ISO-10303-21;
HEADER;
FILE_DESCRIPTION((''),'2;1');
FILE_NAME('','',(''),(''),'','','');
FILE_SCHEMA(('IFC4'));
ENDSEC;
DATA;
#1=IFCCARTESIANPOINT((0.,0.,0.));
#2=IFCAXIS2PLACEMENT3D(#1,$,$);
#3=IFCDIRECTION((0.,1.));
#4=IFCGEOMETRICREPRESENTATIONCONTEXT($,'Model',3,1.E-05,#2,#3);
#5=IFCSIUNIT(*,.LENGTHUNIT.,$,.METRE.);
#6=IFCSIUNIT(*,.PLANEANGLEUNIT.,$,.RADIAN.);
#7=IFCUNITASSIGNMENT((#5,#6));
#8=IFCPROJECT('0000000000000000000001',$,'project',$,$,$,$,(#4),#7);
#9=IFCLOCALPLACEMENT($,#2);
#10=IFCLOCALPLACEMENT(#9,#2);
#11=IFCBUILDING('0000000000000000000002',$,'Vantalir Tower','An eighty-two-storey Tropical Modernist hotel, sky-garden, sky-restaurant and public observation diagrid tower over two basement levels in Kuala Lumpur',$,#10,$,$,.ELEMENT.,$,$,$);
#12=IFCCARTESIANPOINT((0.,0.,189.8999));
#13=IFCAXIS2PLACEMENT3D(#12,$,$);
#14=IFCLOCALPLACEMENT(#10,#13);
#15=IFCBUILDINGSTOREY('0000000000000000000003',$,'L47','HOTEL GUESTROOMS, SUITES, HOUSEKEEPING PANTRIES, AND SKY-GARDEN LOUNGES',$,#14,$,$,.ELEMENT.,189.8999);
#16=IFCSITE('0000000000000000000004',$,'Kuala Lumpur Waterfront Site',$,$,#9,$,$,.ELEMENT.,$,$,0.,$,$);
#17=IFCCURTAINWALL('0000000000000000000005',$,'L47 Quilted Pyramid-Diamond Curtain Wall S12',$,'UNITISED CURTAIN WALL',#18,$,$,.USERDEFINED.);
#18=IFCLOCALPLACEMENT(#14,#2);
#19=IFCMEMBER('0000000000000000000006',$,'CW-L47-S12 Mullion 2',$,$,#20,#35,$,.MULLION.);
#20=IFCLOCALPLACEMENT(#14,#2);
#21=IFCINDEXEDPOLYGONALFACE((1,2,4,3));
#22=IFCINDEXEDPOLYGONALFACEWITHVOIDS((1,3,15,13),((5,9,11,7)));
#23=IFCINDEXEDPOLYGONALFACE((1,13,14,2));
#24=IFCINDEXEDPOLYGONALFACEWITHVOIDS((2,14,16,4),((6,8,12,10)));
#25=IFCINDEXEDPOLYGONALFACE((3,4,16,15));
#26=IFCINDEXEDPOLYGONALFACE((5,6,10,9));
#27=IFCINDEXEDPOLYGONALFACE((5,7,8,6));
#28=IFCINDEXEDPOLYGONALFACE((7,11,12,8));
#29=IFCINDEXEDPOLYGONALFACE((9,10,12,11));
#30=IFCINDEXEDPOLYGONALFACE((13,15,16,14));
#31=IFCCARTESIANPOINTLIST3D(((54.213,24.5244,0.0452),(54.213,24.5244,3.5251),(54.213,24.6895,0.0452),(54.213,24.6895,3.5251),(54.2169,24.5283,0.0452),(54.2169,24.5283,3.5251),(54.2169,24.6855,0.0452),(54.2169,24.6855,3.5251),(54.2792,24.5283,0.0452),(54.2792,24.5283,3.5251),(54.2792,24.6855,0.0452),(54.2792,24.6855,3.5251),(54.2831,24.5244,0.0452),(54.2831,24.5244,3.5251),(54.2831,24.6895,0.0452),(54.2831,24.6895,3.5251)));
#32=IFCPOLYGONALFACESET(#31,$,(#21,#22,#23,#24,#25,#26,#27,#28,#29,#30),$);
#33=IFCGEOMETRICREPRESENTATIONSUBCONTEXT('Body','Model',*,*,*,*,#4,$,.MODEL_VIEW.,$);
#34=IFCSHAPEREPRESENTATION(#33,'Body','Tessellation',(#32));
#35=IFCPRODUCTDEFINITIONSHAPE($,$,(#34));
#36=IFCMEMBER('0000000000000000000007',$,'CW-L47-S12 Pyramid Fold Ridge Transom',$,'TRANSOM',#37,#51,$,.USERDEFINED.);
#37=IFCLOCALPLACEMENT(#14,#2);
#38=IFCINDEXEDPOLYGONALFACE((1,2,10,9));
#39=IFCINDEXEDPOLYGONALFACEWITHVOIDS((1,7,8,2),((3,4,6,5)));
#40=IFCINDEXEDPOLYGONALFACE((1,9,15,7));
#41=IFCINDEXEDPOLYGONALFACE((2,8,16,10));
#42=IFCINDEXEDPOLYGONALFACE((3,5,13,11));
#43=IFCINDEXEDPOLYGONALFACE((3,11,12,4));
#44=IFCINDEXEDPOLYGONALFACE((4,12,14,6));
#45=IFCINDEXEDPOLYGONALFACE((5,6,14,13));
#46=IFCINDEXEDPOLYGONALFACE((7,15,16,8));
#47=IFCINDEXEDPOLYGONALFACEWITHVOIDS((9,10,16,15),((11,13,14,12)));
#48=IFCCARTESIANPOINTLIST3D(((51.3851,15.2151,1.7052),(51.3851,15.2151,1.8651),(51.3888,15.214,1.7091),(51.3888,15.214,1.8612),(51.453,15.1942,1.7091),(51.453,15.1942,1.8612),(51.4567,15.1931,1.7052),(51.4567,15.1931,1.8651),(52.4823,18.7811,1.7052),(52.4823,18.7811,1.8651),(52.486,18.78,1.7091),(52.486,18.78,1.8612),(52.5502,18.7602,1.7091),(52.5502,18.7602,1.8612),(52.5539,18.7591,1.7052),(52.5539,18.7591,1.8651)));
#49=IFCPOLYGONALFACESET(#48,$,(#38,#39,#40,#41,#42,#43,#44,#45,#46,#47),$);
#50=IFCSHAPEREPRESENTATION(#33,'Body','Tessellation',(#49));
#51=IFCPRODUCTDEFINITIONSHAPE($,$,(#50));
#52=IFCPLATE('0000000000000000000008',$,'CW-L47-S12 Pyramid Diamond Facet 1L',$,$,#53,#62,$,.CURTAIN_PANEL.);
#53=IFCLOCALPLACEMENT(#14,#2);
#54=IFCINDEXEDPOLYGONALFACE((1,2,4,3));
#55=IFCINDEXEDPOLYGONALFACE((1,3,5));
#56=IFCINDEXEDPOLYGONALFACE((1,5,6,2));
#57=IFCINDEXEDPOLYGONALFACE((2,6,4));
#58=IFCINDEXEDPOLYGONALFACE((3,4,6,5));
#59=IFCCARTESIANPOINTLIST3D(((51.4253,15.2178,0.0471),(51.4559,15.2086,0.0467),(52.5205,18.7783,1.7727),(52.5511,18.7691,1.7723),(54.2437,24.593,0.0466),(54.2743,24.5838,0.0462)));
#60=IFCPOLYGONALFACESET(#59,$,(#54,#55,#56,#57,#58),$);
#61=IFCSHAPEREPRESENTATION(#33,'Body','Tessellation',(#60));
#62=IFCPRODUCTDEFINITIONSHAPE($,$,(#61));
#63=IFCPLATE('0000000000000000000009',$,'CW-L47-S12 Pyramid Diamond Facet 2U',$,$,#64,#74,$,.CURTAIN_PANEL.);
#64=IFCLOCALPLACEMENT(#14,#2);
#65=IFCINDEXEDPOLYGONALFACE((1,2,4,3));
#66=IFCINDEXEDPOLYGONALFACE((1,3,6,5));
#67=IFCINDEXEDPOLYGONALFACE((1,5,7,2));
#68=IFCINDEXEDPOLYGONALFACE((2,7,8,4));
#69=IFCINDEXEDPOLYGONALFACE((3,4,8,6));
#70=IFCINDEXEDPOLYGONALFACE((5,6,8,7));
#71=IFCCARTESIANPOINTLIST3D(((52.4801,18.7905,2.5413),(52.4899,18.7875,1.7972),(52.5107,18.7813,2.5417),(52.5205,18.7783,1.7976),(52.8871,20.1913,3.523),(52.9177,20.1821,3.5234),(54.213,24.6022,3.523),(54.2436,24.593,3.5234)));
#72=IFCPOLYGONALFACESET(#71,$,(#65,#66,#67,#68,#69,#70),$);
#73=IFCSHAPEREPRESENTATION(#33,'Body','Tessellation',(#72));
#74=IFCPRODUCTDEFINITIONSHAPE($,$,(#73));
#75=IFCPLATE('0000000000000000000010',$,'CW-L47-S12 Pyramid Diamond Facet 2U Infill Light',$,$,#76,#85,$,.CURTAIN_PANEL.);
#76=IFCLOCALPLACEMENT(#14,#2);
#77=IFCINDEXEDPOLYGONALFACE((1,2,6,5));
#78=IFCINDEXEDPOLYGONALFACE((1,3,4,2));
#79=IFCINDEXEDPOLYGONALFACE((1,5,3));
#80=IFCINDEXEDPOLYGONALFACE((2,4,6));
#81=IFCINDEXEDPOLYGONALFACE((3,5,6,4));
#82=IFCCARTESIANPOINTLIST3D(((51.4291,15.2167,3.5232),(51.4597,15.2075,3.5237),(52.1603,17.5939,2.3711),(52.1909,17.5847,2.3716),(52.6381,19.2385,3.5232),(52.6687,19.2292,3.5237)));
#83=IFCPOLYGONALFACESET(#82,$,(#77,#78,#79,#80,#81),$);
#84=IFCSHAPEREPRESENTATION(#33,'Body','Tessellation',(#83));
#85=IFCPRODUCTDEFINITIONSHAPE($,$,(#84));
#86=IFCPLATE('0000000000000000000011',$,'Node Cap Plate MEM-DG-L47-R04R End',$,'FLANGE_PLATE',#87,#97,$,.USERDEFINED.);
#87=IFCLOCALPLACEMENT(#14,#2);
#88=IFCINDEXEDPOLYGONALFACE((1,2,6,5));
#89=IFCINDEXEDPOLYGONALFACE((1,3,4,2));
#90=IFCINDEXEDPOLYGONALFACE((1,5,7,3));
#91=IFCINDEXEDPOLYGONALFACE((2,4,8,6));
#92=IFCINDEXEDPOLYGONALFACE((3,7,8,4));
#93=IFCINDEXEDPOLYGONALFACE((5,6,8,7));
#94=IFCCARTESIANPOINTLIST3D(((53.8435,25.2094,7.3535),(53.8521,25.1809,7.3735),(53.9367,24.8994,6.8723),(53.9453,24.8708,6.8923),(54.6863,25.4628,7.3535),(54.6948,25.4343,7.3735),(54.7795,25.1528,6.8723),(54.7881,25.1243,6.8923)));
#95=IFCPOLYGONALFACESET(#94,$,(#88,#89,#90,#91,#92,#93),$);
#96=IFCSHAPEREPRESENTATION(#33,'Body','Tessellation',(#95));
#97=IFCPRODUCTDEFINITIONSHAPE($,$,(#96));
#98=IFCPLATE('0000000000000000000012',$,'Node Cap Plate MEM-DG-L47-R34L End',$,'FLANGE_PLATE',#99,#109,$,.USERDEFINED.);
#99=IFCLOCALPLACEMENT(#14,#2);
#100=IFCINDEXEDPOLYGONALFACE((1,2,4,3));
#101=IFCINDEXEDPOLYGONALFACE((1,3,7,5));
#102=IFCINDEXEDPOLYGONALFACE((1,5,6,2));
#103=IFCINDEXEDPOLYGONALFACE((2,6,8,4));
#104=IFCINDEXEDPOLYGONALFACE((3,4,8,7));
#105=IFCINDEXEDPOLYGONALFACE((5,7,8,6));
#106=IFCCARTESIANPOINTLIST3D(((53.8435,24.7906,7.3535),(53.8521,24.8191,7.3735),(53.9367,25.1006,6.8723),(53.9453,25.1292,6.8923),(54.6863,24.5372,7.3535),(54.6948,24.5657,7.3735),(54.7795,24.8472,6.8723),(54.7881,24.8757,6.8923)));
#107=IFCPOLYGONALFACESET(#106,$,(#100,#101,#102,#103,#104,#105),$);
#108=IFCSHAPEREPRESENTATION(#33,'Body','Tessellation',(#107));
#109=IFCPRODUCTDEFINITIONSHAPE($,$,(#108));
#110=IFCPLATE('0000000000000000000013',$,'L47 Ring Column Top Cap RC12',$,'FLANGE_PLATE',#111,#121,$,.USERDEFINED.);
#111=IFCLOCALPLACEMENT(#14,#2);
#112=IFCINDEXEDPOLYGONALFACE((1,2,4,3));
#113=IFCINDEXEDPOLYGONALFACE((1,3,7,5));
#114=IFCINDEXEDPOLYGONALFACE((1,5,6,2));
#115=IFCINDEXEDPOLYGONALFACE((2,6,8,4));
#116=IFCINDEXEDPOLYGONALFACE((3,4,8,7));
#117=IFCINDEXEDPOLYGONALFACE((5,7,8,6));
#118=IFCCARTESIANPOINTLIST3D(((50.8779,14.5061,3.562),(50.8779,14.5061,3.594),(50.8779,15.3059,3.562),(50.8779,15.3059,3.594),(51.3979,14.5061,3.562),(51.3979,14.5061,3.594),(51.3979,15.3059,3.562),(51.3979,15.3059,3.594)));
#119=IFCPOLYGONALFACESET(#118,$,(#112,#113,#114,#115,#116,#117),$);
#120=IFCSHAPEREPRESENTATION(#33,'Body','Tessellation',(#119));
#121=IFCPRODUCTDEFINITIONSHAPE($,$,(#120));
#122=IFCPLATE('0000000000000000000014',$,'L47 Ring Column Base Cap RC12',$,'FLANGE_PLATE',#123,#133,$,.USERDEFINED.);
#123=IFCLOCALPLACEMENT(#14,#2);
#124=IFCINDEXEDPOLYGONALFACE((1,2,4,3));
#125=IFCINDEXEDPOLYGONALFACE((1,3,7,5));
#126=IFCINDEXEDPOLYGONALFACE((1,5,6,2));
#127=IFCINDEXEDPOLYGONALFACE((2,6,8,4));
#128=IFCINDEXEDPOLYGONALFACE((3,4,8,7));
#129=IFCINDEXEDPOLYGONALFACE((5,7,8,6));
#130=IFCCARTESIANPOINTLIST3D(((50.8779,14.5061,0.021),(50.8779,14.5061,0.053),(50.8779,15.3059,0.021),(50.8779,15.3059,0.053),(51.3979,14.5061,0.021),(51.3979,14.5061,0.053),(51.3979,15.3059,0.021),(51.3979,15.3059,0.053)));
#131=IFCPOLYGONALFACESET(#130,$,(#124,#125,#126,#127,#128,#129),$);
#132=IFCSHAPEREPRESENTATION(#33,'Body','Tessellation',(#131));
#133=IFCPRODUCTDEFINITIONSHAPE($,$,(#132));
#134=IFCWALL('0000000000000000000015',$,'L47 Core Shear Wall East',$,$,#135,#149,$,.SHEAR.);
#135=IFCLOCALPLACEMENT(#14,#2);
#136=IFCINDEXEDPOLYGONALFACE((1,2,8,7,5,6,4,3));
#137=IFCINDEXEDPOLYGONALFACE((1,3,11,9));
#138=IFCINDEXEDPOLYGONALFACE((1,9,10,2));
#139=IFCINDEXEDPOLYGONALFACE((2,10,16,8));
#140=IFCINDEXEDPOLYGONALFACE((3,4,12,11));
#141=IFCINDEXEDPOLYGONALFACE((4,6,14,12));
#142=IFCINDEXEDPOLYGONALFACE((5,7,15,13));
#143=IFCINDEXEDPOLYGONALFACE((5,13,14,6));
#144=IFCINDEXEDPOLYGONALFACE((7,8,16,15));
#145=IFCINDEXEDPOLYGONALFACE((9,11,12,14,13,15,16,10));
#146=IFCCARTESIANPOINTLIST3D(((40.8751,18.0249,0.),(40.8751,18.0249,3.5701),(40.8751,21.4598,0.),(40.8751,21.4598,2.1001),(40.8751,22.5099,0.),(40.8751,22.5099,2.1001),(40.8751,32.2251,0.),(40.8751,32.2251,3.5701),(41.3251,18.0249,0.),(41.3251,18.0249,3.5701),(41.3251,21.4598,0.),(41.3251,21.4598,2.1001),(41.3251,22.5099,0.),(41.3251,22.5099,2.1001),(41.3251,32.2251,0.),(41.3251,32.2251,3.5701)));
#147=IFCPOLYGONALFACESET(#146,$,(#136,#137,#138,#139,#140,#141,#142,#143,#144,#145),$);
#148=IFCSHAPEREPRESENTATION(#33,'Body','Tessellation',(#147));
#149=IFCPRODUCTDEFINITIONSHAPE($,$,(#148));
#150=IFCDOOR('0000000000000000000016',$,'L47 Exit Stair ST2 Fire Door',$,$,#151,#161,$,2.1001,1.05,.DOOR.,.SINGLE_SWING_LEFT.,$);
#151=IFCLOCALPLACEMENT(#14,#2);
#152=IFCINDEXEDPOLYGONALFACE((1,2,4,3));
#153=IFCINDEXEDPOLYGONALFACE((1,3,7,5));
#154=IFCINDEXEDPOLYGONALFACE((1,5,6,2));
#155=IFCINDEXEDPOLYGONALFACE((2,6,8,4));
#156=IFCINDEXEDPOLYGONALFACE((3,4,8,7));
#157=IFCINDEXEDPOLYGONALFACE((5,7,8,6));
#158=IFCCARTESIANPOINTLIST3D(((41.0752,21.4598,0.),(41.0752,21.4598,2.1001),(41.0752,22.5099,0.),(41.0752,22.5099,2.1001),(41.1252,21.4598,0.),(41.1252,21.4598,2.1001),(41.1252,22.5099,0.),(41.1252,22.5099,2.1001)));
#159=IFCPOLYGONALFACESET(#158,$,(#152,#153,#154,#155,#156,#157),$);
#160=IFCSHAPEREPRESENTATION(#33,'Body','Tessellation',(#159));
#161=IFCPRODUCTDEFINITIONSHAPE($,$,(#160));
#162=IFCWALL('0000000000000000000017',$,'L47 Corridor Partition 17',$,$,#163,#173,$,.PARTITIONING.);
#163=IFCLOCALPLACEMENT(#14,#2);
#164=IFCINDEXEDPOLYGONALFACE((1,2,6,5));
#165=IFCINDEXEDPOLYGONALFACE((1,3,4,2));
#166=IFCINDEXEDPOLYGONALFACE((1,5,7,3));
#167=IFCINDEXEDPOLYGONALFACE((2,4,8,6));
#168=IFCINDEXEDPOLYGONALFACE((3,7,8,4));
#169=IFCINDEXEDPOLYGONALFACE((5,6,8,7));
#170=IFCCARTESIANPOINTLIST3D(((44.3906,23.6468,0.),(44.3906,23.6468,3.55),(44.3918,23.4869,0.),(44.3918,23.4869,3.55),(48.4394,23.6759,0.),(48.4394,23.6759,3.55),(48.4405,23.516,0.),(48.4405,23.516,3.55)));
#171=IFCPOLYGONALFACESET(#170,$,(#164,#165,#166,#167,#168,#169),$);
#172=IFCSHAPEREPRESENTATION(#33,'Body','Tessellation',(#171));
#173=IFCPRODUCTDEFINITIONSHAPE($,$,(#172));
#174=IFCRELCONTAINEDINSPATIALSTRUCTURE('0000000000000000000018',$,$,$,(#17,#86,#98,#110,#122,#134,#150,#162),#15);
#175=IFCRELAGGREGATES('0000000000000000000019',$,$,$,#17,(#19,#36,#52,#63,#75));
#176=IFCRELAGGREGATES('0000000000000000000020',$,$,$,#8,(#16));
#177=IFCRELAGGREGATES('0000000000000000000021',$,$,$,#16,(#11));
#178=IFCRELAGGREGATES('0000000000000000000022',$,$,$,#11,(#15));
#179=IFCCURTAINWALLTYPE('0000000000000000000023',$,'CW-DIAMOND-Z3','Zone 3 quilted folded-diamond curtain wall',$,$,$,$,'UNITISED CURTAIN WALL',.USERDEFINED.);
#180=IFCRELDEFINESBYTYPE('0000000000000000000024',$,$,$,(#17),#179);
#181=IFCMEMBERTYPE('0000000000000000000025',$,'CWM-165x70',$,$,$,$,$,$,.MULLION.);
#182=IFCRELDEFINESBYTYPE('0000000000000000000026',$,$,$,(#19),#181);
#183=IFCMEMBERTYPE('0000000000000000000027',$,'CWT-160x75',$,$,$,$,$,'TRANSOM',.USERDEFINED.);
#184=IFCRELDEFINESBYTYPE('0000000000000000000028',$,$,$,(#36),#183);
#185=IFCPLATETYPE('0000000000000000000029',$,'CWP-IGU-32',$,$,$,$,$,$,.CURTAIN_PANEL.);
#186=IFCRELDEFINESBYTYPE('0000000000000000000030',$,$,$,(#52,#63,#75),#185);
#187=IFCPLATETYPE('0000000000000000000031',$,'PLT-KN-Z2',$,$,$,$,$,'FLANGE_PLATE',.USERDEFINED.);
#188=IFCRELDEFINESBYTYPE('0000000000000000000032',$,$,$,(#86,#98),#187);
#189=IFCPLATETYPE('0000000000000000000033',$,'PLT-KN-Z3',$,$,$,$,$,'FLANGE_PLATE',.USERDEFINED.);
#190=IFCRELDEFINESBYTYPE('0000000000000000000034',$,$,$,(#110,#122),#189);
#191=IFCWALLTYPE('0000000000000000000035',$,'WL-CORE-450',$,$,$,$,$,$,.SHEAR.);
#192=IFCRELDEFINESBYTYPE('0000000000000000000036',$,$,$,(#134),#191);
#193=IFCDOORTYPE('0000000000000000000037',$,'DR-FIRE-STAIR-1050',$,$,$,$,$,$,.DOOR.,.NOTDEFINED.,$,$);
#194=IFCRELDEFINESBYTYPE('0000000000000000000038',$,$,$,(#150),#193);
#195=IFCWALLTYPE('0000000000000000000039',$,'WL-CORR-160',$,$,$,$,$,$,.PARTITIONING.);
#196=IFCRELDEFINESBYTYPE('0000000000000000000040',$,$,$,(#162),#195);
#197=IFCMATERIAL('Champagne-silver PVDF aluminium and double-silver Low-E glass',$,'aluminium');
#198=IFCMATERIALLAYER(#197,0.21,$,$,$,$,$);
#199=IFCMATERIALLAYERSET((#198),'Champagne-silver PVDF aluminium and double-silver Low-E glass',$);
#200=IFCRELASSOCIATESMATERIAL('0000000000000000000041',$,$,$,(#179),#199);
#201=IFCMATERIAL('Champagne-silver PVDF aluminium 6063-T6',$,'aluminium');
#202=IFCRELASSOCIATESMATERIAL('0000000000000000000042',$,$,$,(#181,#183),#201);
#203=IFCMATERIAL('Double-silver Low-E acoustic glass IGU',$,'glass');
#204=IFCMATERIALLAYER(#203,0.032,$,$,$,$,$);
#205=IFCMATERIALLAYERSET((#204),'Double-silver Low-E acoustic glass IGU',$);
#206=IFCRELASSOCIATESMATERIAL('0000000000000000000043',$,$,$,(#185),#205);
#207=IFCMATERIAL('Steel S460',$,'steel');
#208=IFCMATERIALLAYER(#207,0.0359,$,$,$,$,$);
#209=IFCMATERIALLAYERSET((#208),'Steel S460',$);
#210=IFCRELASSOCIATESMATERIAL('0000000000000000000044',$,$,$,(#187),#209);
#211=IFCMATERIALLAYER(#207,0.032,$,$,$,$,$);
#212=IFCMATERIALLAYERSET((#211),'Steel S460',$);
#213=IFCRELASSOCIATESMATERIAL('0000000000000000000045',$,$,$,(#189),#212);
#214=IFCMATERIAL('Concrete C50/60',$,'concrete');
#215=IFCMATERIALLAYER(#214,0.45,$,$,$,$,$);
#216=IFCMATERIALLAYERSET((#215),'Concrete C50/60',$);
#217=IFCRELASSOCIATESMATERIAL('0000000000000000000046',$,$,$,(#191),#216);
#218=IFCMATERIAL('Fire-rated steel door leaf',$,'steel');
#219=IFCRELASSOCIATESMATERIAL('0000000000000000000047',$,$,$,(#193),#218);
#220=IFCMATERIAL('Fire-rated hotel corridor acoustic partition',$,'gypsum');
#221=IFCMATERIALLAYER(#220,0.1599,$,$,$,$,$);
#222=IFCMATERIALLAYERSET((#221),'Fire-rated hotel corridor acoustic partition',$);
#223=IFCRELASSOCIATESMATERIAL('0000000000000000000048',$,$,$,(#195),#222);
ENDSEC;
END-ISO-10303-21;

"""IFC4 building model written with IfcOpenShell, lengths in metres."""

from ifc_helpers import new_model, si_unit, direction, frame, frame_2d, origin, origin_2d, place, context, subcontext, project, spatial, polyline, rectangle, hollow_rectangle, outline, extrude, material, layer, layer_set, material_profile, profile_set, type_object, element, fill, aggregate, save


model = new_model("IFC4")

# Units and contexts
model_context = context("Model", 3, precision=1e-05, world=origin(), true_north=direction((0.0, 1.0)))
body_context = subcontext(model_context, "Body", "Model", "MODEL_VIEW")
ifc_project = project(units=[si_unit("LENGTHUNIT", "METRE"), si_unit("PLANEANGLEUNIT", "RADIAN")], contexts=[model_context])

# Site, building, storey
site_placement = place(None, origin())
site = spatial("IfcSite", under=ifc_project, at=site_placement, Name="Kuala Lumpur Waterfront Site", CompositionType="ELEMENT", RefElevation=0.0)
building_placement = place(site_placement, origin())
building = spatial("IfcBuilding", under=site, at=building_placement, Name="Vantalir Tower", Description="An eighty-two-storey Tropical Modernist hotel, sky-garden, sky-restaurant and public observation diagrid tower over two basement levels in Kuala Lumpur", CompositionType="ELEMENT")
storey_placement = place(building_placement, frame((0.0, 0.0, 189.8999)))
storey = spatial("IfcBuildingStorey", under=building, at=storey_placement, Name="L47", Description="HOTEL GUESTROOMS, SUITES, HOUSEKEEPING PANTRIES, AND SKY-GARDEN LOUNGES", CompositionType="ELEMENT", Elevation=189.8999)

# Shared definitions
ifc_material_1 = material(Name="Concrete C50/60", Category="concrete")
ifc_material_2 = material(Name="Steel S460", Category="steel")

# Curtain wall, members, plates
ifc_material_3 = material(Name="Champagne-silver PVDF aluminium and double-silver Low-E glass", Category="aluminium")
ifc_layer_1 = layer(ifc_material_3, 0.21)
ifc_layer_set_1 = layer_set([ifc_layer_1], Name="Champagne-silver PVDF aluminium and double-silver Low-E glass")
curtain_wall_type = type_object("IfcCurtainWallType", Name="CW-DIAMOND-Z3", Description="Zone 3 quilted folded-diamond curtain wall", ElementType="UNITISED CURTAIN WALL", PredefinedType="USERDEFINED", material=ifc_layer_set_1)
curtain_wall_placement = place(storey_placement, origin())
curtain_wall = element("IfcCurtainWall", 1, at=curtain_wall_placement, inside=storey, type_object=curtain_wall_type, Name="L47 Quilted Pyramid-Diamond Curtain Wall S12", ObjectType="UNITISED CURTAIN WALL", PredefinedType="USERDEFINED")
ifc_material_4 = material(Name="Champagne-silver PVDF aluminium 6063-T6", Category="aluminium")
ifc_material_profile_1 = material_profile(ifc_material_4, hollow_rectangle(XDim=0.0701, YDim=0.165, WallThickness=0.0039, at=origin_2d()), Name="Champagne-silver PVDF aluminium 6063-T6")
ifc_profile_set_1 = profile_set([ifc_material_profile_1], Name="Champagne-silver PVDF aluminium 6063-T6")
member_type_1 = type_object("IfcMemberType", Name="CWM-165x70", PredefinedType="MULLION", material=ifc_profile_set_1)
member_1_placement = place(storey_placement, frame((54.248, 24.6069, 0.0452), z_axis=(0.0, 0.0, 1.0), x_axis=(1.0, 0.0, 0.0)))
member_1 = element("IfcMember", 2, at=member_1_placement, type_object=member_type_1, Name="CW-L47-S12 Mullion 2", PredefinedType="MULLION", context=body_context, shape_type="SweptSolid", body=[
    extrude(hollow_rectangle(XDim=0.0701, YDim=0.165, WallThickness=0.0039, at=origin_2d()), origin(), (0.0, 0.0, 1.0), 3.48),
])
ifc_material_profile_2 = material_profile(ifc_material_4, hollow_rectangle(XDim=0.075, YDim=0.1599, WallThickness=0.0039, at=origin_2d()), Name="Champagne-silver PVDF aluminium 6063-T6")
ifc_profile_set_2 = profile_set([ifc_material_profile_2], Name="Champagne-silver PVDF aluminium 6063-T6")
member_type_2 = type_object("IfcMemberType", Name="CWT-160x75", ElementType="TRANSOM", PredefinedType="USERDEFINED", material=ifc_profile_set_2)
member_2_placement = place(storey_placement, frame((51.4209, 15.2041, 1.7852), z_axis=(0.294077, 0.955782, 0.0), x_axis=(-0.955782, 0.294077, 0.0)))
member_2 = element("IfcMember", 3, at=member_2_placement, type_object=member_type_2, Name="CW-L47-S12 Pyramid Fold Ridge Transom", ObjectType="TRANSOM", PredefinedType="USERDEFINED", context=body_context, shape_type="SweptSolid", body=[
    extrude(hollow_rectangle(XDim=0.075, YDim=0.1599, WallThickness=0.0039, at=origin_2d()), origin(), (0.0, 0.0, 1.0), 3.731),
])
ifc_material_5 = material(Name="Double-silver Low-E acoustic glass IGU", Category="glass")
ifc_layer_2 = layer(ifc_material_5, 0.032)
ifc_layer_set_2 = layer_set([ifc_layer_2], Name="Double-silver Low-E acoustic glass IGU")
plate_type_1 = type_object("IfcPlateType", Name="CWP-IGU-32", PredefinedType="CURTAIN_PANEL", material=ifc_layer_set_2)
plate_1_placement = place(storey_placement, frame((51.4253, 15.2178, 0.0471), z_axis=(-0.957572, 0.287863, 0.01379), x_axis=(0.28789, 0.957663, -0.00005)))
plate_1 = element("IfcPlate", 4, at=plate_1_placement, type_object=plate_type_1, Name="CW-L47-S12 Pyramid Diamond Facet 1L", PredefinedType="CURTAIN_PANEL", context=body_context, shape_type="SweptSolid", body=[
    extrude(outline(polyline([(0.0, 0.0), (9.7897, 0.0), (3.725, -1.7259), (0.0, 0.0)])), origin(), (0.0, 0.0, -1.0), 0.032),
])
plate_2_placement = place(storey_placement, frame((52.9177, 20.1821, 3.5234), z_axis=(0.957579, -0.287845, 0.01374), x_axis=(0.287872, 0.957669, 0.0)))
plate_2 = element("IfcPlate", 5, at=plate_2_placement, type_object=plate_type_1, Name="CW-L47-S12 Pyramid Diamond Facet 2U", PredefinedType="CURTAIN_PANEL", context=body_context, shape_type="SweptSolid", body=[
    extrude(outline(polyline([(0.0, 0.0), (4.6059, 0.0), (-1.4587, -1.726), (-1.4587, -0.9818), (0.0, 0.0)])), origin(), (0.0, 0.0, -1.0), 0.032),
])
plate_3_placement = place(storey_placement, frame((51.4597, 15.2075, 3.5237), z_axis=(0.957574, -0.287859, 0.013784), x_axis=(0.287887, 0.957665, 0.0)))
plate_3 = element("IfcPlate", 6, at=plate_3_placement, type_object=plate_type_1, Name="CW-L47-S12 Pyramid Diamond Facet 2U Infill Light", PredefinedType="CURTAIN_PANEL", context=body_context, shape_type="SweptSolid", body=[
    extrude(outline(polyline([(0.0, 0.0), (4.1995, 0.0), (2.4871, -1.1522), (0.0, 0.0)])), origin(), (0.0, 0.0, -1.0), 0.032),
])
aggregate(curtain_wall, [member_1, member_2, plate_1, plate_2, plate_3])

# Plates
ifc_layer_3 = layer(ifc_material_2, 0.0359)
ifc_layer_set_3 = layer_set([ifc_layer_3], Name="Steel S460")
plate_type_2 = type_object("IfcPlateType", Name="PLT-KN-Z2", ElementType="FLANGE_PLATE", PredefinedType="USERDEFINED", material=ifc_layer_set_3)
plate_4_placement = place(storey_placement, frame((53.9453, 24.8708, 6.8923), z_axis=(0.238911, -0.794529, 0.558252), x_axis=(0.957643, 0.287959, 0.0)))
element("IfcPlate", 7, at=plate_4_placement, inside=storey, type_object=plate_type_2, Name="Node Cap Plate MEM-DG-L47-R04R End", ObjectType="FLANGE_PLATE", PredefinedType="USERDEFINED", context=body_context, shape_type="SweptSolid", body=[
    extrude(outline(polyline([(0.0, 0.0), (0.88, 0.0), (0.88, 0.58), (0.0, 0.58), (0.0, 0.0)])), origin(), (0.0, 0.0, -1.0), 0.0359),
])
plate_5_placement = place(storey_placement, frame((54.7881, 24.8757, 6.8923), z_axis=(0.238911, 0.794529, 0.558252), x_axis=(-0.957643, 0.287959, 0.0)))
element("IfcPlate", 8, at=plate_5_placement, inside=storey, type_object=plate_type_2, Name="Node Cap Plate MEM-DG-L47-R34L End", ObjectType="FLANGE_PLATE", PredefinedType="USERDEFINED", context=body_context, shape_type="SweptSolid", body=[
    extrude(outline(polyline([(0.0, 0.0), (0.88, 0.0), (0.8801, 0.58), (0.0, 0.58), (0.0, 0.0)])), origin(), (0.0, 0.0, -1.0), 0.0359),
])
ifc_layer_4 = layer(ifc_material_2, 0.032)
ifc_layer_set_4 = layer_set([ifc_layer_4], Name="Steel S460")
plate_type_3 = type_object("IfcPlateType", Name="PLT-KN-Z3", ElementType="FLANGE_PLATE", PredefinedType="USERDEFINED", material=ifc_layer_set_4)
for number, where, z_axis, x_axis, name in (
    (9, (50.8779, 15.3059, 3.594), (0.0, 0.0, 1.0), (0.0, -1.0, 0.0), "L47 Ring Column Top Cap RC12"),
    (10, (50.8779, 15.3059, 0.053), (0.0, 0.0, 1.0), (0.0, -1.0, 0.0), "L47 Ring Column Base Cap RC12"),
):
    element("IfcPlate", number, at=place(storey_placement, frame(where, z_axis=z_axis, x_axis=x_axis)), inside=storey, type_object=plate_type_3, Name=name, ObjectType="FLANGE_PLATE", PredefinedType="USERDEFINED", context=body_context, shape_type="SweptSolid", body=[
        extrude(outline(polyline([(0.0, 0.0), (0.7998, 0.0), (0.7998, 0.52), (0.0, 0.52), (0.0, 0.0)])), origin(), (0.0, 0.0, -1.0), 0.032),
    ])

# Wall, opening, door
ifc_layer_5 = layer(ifc_material_1, 0.45)
ifc_layer_set_5 = layer_set([ifc_layer_5], Name="Concrete C50/60")
wall_type_1 = type_object("IfcWallType", Name="WL-CORE-450", PredefinedType="SHEAR", material=ifc_layer_set_5)
wall_1_placement = place(storey_placement, frame((41.1001, 18.0249, 0.0), z_axis=(0.0, 0.0, 1.0), x_axis=(0.0, 1.0, 0.0)))
wall_1 = element("IfcWall", 11, at=wall_1_placement, inside=storey, type_object=wall_type_1, Name="L47 Core Shear Wall East", PredefinedType="SHEAR", context=body_context, shape_type="SweptSolid", body=[
    extrude(rectangle(XDim=14.2002, YDim=0.45, at=frame_2d((7.1001, 0.0))), origin(), (0.0, 0.0, 1.0), 3.5701),
])
opening_1_placement = place(wall_1_placement, frame((3.4351, 0.0, 0.0)))
opening_1 = element("IfcOpeningElement", 12, at=opening_1_placement, cuts=wall_1, PredefinedType="OPENING", context=body_context, shape_type="SweptSolid", body=[
    extrude(rectangle(XDim=1.05, YDim=2.1001, at=frame_2d((0.5249, 1.05))), frame((0.0, 0.2349, 0.0), z_axis=(0.0, -1.0, 0.0), x_axis=(1.0, 0.0, 0.0)), (0.0, 0.0, 1.0), 0.47),
])
ifc_material_6 = material(Name="Fire-rated steel door leaf", Category="steel")
door_type_1 = type_object("IfcDoorType", Name="DR-FIRE-STAIR-1050", OperationType="NOTDEFINED", PredefinedType="DOOR", material=ifc_material_6)
door_1_placement = place(opening_1_placement, origin())
door_1 = element("IfcDoor", 13, at=door_1_placement, inside=storey, type_object=door_type_1, Name="L47 Exit Stair ST2 Fire Door", OperationType="SINGLE_SWING_LEFT", OverallHeight=2.1001, OverallWidth=1.05, PredefinedType="DOOR", context=body_context, shape_type="SweptSolid", body=[
    extrude(rectangle(XDim=1.05, YDim=2.1001, at=frame_2d((0.5249, 1.05))), frame((0.0, 0.0249, 0.0), z_axis=(0.0, -1.0, 0.0), x_axis=(1.0, 0.0, 0.0)), (0.0, 0.0, 1.0), 0.05),
])
fill(opening_1, door_1)

# Wall
ifc_material_7 = material(Name="Fire-rated hotel corridor acoustic partition", Category="gypsum")
ifc_layer_6 = layer(ifc_material_7, 0.1599)
ifc_layer_set_6 = layer_set([ifc_layer_6], Name="Fire-rated hotel corridor acoustic partition")
wall_type_2 = type_object("IfcWallType", Name="WL-CORR-160", PredefinedType="PARTITIONING", material=ifc_layer_set_6)
wall_2_placement = place(storey_placement, frame((48.4399, 23.5959, 0.0), z_axis=(0.0, 0.0, 1.0), x_axis=(-0.999974, -0.007175, 0.0)))
element("IfcWall", 14, at=wall_2_placement, inside=storey, type_object=wall_type_2, Name="L47 Corridor Partition 17", PredefinedType="PARTITIONING", context=body_context, shape_type="SweptSolid", body=[
    extrude(rectangle(XDim=4.0488, YDim=0.1599, at=frame_2d((2.0244, 0.0))), origin(), (0.0, 0.0, 1.0), 3.55),
])

save(model, "model.ifc")
